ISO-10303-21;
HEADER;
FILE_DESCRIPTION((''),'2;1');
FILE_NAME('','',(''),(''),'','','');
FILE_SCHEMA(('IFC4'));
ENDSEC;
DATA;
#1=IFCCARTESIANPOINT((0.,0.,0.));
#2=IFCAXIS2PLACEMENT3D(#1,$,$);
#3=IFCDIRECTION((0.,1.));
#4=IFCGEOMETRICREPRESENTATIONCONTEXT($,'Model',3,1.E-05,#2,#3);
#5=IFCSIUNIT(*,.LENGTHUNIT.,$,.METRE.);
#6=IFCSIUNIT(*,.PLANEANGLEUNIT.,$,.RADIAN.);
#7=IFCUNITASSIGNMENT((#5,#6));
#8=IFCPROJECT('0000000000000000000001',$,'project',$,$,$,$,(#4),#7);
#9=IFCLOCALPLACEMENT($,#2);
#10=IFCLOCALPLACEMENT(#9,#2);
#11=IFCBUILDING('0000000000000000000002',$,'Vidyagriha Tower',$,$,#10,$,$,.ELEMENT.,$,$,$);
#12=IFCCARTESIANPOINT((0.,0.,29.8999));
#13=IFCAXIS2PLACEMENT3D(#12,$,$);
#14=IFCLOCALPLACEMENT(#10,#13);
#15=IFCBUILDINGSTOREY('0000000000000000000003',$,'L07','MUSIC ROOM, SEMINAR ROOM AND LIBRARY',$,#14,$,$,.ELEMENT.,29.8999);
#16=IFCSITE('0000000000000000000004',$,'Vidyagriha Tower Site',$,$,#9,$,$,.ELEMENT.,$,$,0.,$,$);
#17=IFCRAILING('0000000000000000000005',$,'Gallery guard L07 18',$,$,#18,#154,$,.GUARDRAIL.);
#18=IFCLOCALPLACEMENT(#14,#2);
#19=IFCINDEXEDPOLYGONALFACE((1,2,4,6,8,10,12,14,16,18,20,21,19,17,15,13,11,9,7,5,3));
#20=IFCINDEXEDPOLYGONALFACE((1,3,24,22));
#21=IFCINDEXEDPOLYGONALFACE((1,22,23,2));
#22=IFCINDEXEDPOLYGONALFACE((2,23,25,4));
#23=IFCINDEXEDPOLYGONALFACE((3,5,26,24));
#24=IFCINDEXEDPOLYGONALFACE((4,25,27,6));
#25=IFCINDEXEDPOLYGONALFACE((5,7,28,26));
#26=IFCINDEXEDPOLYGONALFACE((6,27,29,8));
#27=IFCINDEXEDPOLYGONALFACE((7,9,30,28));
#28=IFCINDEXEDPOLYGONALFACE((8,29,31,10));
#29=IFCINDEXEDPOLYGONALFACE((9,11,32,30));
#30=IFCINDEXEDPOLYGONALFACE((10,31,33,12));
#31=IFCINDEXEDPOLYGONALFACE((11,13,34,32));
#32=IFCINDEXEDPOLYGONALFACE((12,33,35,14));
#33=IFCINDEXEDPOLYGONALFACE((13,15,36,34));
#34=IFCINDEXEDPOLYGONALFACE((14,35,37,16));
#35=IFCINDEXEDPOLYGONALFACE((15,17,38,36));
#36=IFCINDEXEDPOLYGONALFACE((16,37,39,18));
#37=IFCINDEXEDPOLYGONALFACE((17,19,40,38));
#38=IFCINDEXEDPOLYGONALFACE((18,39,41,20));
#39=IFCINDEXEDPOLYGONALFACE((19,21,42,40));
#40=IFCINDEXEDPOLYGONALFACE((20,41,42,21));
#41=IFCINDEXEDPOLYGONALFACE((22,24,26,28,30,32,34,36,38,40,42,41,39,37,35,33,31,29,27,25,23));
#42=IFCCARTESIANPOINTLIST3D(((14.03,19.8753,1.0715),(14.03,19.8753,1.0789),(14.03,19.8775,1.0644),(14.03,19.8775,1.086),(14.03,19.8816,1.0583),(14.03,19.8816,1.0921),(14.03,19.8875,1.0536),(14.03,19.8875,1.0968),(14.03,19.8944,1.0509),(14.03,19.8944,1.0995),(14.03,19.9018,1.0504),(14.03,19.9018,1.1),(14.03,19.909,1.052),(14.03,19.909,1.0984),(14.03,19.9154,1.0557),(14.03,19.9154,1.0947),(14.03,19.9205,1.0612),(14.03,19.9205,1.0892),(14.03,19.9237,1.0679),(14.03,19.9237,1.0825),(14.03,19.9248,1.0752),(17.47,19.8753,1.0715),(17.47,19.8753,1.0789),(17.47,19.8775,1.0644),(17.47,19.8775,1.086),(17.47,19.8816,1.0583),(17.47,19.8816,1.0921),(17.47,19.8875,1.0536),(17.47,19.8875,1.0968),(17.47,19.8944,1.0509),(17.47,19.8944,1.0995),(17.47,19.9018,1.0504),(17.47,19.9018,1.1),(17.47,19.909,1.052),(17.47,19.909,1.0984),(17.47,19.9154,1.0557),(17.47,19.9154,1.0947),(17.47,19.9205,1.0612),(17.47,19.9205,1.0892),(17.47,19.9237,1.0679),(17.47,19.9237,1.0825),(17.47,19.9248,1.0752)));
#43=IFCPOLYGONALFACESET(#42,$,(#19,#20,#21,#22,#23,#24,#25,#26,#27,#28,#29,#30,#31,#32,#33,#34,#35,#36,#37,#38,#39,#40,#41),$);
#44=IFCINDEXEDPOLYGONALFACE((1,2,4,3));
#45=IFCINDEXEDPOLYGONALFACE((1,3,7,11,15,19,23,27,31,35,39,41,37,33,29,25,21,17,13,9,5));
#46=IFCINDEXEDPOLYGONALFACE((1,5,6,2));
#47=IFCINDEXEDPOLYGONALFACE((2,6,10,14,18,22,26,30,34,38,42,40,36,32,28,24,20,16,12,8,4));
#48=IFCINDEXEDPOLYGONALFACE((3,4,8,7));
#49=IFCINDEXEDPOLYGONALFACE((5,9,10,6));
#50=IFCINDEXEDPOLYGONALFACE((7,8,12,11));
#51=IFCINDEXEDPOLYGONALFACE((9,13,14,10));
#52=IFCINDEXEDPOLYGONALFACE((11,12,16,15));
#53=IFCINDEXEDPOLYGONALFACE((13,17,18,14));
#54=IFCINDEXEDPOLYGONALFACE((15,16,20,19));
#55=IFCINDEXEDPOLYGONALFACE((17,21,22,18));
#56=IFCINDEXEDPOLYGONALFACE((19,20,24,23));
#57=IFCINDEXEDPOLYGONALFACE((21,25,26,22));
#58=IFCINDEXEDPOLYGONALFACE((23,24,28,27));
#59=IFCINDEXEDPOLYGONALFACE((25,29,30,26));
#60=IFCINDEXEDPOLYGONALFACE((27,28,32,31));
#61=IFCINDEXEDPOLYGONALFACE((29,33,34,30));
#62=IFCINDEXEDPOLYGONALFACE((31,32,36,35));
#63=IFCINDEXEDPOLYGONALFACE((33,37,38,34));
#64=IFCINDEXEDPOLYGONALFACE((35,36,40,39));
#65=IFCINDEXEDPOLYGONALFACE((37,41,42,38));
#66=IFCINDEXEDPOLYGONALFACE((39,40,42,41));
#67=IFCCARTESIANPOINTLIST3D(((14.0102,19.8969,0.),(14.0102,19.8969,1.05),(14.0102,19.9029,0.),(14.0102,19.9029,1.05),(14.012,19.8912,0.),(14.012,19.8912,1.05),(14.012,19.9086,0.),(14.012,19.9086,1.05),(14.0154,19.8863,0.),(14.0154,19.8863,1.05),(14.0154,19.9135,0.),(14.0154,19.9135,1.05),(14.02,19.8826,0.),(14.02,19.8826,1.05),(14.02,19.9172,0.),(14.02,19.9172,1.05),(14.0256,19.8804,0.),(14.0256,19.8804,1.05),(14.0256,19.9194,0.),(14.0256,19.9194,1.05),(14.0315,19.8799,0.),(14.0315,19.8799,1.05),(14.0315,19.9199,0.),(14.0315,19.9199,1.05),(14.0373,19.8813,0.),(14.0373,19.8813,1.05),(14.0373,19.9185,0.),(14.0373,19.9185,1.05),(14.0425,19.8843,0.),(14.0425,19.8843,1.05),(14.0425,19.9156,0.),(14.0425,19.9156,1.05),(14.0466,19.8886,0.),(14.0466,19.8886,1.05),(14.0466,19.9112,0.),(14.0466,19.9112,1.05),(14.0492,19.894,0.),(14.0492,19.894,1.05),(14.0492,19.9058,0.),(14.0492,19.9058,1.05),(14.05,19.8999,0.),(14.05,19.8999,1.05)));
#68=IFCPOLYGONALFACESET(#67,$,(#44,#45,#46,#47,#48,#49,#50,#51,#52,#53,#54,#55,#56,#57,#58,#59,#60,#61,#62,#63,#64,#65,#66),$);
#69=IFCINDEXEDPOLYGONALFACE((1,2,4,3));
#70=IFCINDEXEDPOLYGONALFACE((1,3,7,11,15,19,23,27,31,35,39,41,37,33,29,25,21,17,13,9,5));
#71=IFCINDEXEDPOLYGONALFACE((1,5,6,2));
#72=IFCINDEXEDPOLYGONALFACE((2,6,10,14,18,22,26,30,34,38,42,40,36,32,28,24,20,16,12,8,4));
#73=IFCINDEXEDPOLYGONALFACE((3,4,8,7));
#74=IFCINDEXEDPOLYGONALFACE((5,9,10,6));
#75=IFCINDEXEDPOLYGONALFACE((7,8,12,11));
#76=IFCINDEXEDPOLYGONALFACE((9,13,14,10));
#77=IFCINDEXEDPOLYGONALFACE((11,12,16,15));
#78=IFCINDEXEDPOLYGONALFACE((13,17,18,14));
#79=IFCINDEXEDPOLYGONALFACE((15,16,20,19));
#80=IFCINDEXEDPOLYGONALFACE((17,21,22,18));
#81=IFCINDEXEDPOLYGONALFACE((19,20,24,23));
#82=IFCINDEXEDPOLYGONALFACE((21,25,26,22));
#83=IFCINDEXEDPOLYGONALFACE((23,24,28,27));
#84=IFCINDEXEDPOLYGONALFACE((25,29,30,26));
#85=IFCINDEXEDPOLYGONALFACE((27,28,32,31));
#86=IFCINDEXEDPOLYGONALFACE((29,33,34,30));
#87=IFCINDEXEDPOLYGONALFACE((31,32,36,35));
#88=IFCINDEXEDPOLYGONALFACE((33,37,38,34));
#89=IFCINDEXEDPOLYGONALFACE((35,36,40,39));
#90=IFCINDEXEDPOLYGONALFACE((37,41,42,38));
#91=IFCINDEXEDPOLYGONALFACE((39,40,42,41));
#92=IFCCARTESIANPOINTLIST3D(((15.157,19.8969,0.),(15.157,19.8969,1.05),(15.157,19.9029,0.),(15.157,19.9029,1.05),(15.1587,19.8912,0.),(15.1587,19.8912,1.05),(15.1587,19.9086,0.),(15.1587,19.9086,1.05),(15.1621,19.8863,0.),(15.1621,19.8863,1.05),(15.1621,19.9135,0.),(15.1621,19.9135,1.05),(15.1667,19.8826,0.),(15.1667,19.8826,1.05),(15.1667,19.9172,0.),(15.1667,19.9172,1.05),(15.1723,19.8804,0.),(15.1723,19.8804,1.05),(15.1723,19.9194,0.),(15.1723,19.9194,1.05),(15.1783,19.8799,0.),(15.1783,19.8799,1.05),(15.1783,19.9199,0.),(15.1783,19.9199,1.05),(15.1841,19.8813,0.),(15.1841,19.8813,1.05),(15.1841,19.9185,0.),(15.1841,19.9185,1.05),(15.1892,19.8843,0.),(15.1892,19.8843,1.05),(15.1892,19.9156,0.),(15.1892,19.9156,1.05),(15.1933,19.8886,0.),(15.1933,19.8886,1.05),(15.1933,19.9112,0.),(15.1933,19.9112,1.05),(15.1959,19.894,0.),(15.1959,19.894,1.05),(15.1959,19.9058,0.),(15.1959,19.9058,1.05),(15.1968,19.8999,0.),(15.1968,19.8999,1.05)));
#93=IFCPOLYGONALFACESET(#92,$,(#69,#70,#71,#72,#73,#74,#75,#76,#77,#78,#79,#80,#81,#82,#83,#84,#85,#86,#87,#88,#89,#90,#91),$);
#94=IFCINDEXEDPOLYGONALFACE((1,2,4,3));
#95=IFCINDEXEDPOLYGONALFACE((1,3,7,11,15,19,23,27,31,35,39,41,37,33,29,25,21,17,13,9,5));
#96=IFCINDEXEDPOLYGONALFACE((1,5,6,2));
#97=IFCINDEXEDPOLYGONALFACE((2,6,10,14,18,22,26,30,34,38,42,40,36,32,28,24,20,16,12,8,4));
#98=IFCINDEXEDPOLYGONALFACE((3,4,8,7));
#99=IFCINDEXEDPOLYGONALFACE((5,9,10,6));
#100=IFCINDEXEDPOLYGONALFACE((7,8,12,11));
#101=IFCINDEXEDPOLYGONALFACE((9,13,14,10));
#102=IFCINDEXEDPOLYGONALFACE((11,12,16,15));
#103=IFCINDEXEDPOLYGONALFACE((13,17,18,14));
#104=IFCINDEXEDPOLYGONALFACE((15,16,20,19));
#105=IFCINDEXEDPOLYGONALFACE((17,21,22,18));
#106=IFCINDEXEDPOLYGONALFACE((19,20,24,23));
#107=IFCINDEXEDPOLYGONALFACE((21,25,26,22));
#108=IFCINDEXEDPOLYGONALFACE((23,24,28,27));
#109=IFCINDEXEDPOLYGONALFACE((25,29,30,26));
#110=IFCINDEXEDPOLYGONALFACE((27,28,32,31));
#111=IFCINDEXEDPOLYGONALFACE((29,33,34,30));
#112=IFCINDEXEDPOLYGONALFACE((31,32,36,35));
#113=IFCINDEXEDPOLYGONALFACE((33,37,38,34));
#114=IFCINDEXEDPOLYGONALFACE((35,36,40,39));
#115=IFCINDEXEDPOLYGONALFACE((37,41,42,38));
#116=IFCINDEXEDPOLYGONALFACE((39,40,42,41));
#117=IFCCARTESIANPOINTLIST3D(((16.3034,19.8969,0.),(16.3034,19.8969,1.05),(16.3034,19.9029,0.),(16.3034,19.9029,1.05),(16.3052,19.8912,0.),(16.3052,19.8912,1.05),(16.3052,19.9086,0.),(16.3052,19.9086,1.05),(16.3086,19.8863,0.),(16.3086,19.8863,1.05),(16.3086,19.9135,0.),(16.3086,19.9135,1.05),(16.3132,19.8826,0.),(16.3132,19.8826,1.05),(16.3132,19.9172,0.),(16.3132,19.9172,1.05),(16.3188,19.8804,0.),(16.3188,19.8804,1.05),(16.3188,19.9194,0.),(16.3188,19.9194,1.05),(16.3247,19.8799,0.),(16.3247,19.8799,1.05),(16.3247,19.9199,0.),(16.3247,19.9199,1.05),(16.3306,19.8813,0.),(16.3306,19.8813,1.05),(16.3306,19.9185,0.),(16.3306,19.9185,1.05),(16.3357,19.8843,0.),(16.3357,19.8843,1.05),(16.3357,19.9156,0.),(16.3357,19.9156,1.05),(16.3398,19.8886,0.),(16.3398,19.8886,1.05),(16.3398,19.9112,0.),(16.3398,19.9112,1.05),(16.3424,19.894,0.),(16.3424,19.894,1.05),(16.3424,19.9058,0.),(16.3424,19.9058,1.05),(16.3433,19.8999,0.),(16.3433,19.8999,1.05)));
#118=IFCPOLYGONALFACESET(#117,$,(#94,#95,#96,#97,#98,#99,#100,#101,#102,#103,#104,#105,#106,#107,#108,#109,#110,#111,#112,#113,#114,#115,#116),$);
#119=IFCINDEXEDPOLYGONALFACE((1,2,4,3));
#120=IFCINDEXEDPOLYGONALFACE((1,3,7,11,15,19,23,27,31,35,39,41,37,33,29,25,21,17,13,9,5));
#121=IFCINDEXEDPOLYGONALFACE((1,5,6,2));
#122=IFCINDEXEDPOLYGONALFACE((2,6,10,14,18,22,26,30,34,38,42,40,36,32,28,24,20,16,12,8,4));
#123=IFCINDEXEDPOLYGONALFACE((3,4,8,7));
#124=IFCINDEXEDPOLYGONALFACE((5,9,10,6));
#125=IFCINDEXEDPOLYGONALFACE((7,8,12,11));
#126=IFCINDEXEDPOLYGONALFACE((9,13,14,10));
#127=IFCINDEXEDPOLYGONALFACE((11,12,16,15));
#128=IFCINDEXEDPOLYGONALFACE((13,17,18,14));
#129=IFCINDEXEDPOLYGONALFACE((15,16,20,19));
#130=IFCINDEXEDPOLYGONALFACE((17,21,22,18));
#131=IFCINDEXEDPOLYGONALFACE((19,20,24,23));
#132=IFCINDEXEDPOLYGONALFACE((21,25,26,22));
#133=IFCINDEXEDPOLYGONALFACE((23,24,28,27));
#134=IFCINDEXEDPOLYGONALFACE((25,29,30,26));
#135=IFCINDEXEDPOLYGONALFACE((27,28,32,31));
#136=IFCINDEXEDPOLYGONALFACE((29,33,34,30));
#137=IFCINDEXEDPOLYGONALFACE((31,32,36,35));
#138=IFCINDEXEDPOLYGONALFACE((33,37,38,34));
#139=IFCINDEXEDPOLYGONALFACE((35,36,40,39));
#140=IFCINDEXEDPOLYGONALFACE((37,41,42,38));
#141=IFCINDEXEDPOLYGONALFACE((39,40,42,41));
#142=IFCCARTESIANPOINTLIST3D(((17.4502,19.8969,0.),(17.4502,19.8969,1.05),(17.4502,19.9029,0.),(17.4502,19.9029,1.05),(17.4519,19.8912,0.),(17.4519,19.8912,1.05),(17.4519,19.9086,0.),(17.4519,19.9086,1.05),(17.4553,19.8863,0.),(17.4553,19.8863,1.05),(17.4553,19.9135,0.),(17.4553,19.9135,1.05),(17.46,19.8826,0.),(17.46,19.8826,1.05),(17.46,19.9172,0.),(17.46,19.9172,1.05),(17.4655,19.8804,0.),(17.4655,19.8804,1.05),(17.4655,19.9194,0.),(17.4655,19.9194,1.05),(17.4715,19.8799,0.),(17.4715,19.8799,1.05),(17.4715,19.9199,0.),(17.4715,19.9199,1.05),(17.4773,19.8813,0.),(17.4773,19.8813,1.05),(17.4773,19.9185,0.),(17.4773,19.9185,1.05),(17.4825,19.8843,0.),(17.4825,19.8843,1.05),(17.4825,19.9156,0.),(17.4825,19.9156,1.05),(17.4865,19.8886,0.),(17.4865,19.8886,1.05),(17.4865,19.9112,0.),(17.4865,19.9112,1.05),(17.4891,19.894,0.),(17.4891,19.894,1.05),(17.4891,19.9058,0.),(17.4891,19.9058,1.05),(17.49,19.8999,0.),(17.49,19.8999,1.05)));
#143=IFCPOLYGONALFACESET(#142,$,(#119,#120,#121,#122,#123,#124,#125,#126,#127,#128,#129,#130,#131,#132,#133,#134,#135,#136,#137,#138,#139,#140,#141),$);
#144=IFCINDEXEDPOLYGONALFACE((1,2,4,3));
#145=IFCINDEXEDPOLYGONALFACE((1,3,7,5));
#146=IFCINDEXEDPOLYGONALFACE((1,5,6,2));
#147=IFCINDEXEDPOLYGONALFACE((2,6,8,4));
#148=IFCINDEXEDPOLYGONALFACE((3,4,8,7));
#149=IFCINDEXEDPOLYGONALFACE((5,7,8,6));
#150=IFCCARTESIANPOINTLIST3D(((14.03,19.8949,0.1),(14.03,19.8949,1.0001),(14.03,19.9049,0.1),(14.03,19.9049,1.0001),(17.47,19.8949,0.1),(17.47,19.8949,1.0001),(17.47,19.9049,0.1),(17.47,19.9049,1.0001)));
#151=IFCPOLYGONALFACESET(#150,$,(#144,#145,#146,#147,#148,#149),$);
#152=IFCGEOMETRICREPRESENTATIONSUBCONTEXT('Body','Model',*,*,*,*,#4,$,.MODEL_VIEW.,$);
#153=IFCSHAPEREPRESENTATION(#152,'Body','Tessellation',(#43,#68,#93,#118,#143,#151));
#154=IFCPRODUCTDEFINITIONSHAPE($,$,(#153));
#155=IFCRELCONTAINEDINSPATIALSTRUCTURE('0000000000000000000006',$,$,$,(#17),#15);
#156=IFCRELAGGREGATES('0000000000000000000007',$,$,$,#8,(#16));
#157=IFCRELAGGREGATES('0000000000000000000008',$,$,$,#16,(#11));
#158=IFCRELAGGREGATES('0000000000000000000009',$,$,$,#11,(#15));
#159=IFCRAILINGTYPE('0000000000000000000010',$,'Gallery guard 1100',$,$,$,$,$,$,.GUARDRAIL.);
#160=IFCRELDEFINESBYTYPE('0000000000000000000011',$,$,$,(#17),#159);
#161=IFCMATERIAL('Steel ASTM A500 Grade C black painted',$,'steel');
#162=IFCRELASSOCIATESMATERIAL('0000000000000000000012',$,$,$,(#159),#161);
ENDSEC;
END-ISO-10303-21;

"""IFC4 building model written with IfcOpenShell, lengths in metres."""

from ifc_helpers import new_model, si_unit, direction, frame, origin, origin_2d, place, context, subcontext, project, spatial, rectangle, circle, extrude, material, type_object, element, save


model = new_model("IFC4")

# Units and contexts
model_context = context("Model", 3, precision=1e-05, world=origin(), true_north=direction((0.0, 1.0)))
body_context = subcontext(model_context, "Body", "Model", "MODEL_VIEW")
ifc_project = project(units=[si_unit("LENGTHUNIT", "METRE"), si_unit("PLANEANGLEUNIT", "RADIAN")], contexts=[model_context])

# Site, building, storey
site_placement = place(None, origin())
site = spatial("IfcSite", under=ifc_project, at=site_placement, Name="Vidyagriha Tower Site", CompositionType="ELEMENT", RefElevation=0.0)
building_placement = place(site_placement, origin())
building = spatial("IfcBuilding", under=site, at=building_placement, Name="Vidyagriha Tower", CompositionType="ELEMENT")
storey_placement = place(building_placement, frame((0.0, 0.0, 29.8999)))
storey = spatial("IfcBuildingStorey", under=building, at=storey_placement, Name="L07", Description="MUSIC ROOM, SEMINAR ROOM AND LIBRARY", CompositionType="ELEMENT", Elevation=29.8999)

# Railing
ifc_material_1 = material(Name="Steel ASTM A500 Grade C black painted", Category="steel")
railing_type_1 = type_object("IfcRailingType", Name="Gallery guard 1100", PredefinedType="GUARDRAIL", material=ifc_material_1)
railing_1_placement = place(storey_placement, frame((14.03, 19.8999, 0.0)))
element("IfcRailing", 1, at=railing_1_placement, inside=storey, type_object=railing_type_1, Name="Gallery guard L07 18", PredefinedType="GUARDRAIL", context=body_context, shape_type="SweptSolid", body=[
    extrude(circle(Radius=0.0249, at=origin_2d()), frame((0.0, 0.0, 1.0752), z_axis=(1.0, 0.0, 0.0), x_axis=(0.0, 1.0, 0.0)), (0.0, 0.0, 1.0), 3.4399),
    extrude(circle(Radius=0.02, at=origin_2d()), origin(), (0.0, 0.0, 1.0), 1.05),
    extrude(circle(Radius=0.02, at=origin_2d()), frame((1.1467, 0.0, 0.0)), (0.0, 0.0, 1.0), 1.05),
    extrude(circle(Radius=0.02, at=origin_2d()), frame((2.2932, 0.0, 0.0)), (0.0, 0.0, 1.0), 1.05),
    extrude(circle(Radius=0.02, at=origin_2d()), frame((3.4399, 0.0, 0.0)), (0.0, 0.0, 1.0), 1.05),
    extrude(rectangle(XDim=0.01, YDim=0.9001, at=origin_2d()), frame((0.0, 0.0, 0.55), z_axis=(1.0, 0.0, 0.0), x_axis=(0.0, 1.0, 0.0)), (0.0, 0.0, 1.0), 3.4399),
])

save(model, "model.ifc")
